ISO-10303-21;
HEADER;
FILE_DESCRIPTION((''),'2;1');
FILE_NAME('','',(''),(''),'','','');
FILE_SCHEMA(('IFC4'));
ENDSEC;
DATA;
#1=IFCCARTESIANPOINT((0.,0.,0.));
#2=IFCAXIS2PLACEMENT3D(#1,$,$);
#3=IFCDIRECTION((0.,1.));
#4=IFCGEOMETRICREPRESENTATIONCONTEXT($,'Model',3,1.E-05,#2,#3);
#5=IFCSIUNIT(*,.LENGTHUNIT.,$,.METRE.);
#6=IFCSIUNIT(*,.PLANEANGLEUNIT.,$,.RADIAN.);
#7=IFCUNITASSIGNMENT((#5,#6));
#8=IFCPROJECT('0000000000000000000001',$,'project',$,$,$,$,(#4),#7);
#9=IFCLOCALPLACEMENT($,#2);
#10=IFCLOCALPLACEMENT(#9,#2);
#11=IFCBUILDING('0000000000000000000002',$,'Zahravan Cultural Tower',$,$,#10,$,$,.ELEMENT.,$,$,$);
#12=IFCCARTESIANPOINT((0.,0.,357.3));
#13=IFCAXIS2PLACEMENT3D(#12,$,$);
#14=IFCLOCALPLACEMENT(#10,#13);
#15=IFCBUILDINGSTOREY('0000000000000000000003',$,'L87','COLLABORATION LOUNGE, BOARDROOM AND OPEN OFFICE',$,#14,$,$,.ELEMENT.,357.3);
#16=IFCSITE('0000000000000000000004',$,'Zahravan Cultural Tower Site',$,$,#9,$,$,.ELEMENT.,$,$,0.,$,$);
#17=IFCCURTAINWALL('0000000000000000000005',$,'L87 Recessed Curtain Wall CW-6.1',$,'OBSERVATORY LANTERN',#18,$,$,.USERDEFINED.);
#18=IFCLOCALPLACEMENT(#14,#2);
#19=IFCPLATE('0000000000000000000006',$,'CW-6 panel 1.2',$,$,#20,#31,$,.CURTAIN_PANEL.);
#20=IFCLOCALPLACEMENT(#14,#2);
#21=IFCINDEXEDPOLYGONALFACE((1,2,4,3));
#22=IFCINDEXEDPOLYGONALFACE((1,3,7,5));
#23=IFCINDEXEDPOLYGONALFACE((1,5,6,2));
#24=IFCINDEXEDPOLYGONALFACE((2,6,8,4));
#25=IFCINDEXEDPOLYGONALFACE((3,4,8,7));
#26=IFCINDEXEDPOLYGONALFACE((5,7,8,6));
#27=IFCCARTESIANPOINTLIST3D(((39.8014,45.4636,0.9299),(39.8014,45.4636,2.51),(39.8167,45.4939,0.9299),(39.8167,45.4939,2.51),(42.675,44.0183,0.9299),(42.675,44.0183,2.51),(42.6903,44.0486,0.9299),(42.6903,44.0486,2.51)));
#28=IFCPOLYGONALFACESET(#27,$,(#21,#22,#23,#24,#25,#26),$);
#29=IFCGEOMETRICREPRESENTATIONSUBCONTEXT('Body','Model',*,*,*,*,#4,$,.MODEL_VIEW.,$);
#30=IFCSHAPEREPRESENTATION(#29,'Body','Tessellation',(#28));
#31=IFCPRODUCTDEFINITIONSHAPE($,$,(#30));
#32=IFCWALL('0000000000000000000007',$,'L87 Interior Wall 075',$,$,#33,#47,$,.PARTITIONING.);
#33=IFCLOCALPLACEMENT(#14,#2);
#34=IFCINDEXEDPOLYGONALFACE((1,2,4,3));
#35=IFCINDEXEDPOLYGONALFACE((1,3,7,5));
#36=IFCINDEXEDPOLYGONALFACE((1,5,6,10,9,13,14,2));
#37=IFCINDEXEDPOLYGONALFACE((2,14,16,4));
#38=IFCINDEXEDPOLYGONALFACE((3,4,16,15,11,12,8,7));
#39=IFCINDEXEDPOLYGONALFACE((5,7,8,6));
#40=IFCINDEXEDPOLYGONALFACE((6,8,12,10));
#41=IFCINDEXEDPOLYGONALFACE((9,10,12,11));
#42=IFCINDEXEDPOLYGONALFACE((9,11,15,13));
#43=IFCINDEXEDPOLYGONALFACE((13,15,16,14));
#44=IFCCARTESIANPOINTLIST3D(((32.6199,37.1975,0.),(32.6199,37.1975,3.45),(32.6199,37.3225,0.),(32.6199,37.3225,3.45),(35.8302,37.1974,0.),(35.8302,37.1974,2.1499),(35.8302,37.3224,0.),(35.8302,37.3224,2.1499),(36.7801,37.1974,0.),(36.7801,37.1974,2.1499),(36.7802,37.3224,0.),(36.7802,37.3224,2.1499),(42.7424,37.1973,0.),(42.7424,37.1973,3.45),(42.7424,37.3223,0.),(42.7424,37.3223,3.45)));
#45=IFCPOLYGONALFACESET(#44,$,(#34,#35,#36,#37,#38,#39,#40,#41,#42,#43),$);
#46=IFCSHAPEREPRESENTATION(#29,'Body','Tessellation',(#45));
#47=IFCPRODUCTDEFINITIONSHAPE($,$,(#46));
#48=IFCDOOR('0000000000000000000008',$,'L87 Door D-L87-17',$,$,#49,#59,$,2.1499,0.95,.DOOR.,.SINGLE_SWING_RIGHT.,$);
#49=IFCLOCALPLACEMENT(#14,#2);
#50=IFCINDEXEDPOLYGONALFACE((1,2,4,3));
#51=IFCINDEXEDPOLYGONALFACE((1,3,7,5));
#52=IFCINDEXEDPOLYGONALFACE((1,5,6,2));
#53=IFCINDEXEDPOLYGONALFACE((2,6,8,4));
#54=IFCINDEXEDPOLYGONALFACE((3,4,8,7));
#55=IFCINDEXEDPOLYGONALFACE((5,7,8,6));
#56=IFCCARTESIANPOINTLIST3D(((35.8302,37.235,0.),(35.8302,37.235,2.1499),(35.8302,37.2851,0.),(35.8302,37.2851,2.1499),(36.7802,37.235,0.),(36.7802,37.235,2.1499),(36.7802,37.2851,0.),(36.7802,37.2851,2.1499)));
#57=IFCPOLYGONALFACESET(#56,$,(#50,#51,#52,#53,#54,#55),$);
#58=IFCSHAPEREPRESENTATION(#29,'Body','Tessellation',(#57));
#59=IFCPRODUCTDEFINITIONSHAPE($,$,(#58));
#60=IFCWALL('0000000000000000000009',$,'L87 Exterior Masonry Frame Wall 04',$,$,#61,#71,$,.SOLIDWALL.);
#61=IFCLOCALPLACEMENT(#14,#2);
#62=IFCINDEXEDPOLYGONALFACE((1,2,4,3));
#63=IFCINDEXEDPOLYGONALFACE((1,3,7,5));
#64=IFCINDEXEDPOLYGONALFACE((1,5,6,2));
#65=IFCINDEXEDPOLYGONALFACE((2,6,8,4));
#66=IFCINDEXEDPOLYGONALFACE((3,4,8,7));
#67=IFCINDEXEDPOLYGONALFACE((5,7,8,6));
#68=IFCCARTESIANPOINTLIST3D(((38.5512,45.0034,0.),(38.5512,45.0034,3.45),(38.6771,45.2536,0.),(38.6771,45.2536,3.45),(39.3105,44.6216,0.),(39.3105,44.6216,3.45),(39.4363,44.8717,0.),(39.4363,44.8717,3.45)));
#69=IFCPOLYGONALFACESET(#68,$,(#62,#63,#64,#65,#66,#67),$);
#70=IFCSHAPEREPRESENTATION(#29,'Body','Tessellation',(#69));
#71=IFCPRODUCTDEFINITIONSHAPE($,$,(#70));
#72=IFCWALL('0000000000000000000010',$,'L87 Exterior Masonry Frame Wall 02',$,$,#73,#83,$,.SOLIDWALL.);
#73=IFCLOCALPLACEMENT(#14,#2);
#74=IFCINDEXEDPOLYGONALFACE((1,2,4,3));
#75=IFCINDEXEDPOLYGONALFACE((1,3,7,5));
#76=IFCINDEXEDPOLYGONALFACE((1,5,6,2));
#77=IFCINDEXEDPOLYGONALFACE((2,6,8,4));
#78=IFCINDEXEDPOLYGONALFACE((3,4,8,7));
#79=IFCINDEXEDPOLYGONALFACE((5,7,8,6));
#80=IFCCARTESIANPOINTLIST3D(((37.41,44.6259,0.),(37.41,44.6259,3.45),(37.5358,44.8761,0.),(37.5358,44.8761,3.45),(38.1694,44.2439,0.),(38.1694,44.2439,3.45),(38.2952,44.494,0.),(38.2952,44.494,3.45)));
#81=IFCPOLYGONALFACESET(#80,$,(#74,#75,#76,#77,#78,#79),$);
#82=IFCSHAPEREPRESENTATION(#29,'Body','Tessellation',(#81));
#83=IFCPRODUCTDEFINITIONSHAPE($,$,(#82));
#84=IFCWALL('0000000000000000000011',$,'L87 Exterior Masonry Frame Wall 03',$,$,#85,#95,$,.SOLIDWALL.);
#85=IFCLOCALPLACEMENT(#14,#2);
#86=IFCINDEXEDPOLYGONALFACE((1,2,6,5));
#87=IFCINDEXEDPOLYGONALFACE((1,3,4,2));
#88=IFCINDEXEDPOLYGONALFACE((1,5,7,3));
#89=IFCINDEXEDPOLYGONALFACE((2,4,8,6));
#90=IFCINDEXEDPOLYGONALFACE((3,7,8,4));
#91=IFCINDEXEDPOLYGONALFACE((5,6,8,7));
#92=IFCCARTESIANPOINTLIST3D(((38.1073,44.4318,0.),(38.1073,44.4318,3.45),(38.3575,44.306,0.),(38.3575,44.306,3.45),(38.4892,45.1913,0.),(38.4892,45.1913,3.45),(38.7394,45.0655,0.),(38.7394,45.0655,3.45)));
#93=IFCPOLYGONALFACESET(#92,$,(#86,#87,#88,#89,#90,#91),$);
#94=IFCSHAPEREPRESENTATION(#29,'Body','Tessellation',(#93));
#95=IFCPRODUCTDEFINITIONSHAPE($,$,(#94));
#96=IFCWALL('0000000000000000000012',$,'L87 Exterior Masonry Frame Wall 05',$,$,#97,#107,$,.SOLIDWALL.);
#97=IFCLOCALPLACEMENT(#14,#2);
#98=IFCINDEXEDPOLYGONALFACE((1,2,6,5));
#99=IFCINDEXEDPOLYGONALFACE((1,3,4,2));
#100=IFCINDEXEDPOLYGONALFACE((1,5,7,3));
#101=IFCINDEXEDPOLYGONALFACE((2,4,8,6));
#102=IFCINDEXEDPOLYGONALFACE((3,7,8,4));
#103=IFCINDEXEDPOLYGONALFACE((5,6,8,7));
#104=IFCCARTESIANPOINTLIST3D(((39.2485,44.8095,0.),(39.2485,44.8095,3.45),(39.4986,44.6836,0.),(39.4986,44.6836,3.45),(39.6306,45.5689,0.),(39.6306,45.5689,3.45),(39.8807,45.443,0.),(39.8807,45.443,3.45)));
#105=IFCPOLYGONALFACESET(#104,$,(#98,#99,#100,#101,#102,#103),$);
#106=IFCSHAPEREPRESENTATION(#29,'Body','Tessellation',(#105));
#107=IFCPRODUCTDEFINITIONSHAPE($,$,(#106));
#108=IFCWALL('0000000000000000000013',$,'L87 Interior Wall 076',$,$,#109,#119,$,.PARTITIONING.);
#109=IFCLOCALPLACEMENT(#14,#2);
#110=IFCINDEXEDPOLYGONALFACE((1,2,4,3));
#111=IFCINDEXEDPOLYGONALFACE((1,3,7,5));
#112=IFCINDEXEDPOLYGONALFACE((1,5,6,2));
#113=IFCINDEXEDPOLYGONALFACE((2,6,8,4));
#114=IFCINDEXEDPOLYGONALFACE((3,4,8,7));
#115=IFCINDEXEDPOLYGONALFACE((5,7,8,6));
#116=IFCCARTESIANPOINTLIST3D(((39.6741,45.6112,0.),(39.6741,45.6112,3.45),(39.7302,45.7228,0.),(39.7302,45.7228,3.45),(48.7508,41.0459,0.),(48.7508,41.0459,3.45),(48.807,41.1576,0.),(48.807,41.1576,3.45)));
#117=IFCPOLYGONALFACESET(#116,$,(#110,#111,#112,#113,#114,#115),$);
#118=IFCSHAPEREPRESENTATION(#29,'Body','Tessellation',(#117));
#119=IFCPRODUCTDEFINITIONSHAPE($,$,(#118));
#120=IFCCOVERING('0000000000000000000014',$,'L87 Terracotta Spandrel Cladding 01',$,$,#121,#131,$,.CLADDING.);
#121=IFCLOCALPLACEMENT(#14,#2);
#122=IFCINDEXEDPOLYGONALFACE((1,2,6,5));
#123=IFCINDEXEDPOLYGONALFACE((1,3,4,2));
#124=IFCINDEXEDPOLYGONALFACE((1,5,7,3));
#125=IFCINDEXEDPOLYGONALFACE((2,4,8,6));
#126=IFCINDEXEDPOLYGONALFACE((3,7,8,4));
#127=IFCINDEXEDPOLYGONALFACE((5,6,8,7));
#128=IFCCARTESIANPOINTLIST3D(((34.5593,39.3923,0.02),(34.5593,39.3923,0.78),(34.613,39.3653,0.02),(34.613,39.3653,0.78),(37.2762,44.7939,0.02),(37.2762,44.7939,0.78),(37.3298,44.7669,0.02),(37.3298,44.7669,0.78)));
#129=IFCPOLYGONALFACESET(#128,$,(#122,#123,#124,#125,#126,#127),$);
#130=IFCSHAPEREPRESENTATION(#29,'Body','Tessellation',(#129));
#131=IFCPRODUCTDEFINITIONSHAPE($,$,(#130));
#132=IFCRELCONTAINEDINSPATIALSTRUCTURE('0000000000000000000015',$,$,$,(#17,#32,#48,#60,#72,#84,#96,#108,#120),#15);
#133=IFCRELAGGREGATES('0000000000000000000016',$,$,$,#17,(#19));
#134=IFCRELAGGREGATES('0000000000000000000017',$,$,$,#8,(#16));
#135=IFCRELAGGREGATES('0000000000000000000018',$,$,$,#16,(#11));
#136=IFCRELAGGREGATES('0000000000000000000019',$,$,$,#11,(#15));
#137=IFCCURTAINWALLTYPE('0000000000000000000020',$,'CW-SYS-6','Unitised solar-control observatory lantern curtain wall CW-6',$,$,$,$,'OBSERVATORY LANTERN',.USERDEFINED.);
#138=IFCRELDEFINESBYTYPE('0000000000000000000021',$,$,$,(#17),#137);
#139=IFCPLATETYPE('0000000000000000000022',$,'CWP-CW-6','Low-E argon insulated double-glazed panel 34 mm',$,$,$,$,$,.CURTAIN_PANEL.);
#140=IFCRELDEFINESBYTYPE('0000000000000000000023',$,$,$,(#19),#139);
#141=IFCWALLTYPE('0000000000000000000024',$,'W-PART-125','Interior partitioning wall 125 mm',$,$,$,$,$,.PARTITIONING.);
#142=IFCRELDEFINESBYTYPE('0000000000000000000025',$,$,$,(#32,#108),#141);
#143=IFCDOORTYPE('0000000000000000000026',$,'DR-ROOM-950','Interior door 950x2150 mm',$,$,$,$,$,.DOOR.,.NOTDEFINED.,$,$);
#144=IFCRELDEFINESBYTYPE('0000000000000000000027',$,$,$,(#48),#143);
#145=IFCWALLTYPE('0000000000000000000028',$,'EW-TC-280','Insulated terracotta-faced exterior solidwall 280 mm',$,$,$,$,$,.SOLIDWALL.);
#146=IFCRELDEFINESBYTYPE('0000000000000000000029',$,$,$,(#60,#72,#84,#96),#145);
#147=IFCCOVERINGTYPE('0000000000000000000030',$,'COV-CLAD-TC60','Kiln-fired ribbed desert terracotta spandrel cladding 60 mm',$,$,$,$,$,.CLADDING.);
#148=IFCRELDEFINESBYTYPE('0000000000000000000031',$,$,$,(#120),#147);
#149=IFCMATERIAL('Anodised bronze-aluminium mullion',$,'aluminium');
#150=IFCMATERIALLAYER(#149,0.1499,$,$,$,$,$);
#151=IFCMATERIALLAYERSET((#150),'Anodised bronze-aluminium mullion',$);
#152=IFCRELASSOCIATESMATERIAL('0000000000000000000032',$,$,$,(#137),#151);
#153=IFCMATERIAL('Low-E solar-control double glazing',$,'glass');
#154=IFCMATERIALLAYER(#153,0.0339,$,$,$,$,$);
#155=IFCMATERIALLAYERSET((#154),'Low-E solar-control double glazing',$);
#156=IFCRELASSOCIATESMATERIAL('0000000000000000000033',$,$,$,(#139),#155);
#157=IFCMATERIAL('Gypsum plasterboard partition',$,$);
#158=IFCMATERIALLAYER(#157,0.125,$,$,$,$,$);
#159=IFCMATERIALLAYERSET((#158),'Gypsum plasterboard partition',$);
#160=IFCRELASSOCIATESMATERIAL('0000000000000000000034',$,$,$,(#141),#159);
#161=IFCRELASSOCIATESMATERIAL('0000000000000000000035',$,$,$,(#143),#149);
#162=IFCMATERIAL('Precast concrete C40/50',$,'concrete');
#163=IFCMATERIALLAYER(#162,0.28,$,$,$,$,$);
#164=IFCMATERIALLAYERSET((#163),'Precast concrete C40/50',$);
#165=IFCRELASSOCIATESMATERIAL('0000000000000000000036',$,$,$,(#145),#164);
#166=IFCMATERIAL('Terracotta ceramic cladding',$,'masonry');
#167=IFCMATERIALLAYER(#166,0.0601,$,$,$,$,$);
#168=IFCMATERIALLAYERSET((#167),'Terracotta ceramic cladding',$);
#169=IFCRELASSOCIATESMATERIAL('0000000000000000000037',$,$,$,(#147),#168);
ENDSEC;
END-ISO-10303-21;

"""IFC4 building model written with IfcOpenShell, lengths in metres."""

from ifc_helpers import new_model, si_unit, direction, frame, frame_2d, origin, origin_2d, place, context, subcontext, project, spatial, rectangle, extrude, source, transform, mapped, material, layer, layer_set, type_object, element, fill, aggregate, save


model = new_model("IFC4")

# Units and contexts
model_context = context("Model", 3, precision=1e-05, world=origin(), true_north=direction((0.0, 1.0)))
body_context = subcontext(model_context, "Body", "Model", "MODEL_VIEW")
ifc_project = project(units=[si_unit("LENGTHUNIT", "METRE"), si_unit("PLANEANGLEUNIT", "RADIAN")], contexts=[model_context])

# Site, building, storey
site_placement = place(None, origin())
site = spatial("IfcSite", under=ifc_project, at=site_placement, Name="Zahravan Cultural Tower Site", CompositionType="ELEMENT", RefElevation=0.0)
building_placement = place(site_placement, origin())
building = spatial("IfcBuilding", under=site, at=building_placement, Name="Zahravan Cultural Tower", CompositionType="ELEMENT")
storey_placement = place(building_placement, frame((0.0, 0.0, 357.3)))
storey = spatial("IfcBuildingStorey", under=building, at=storey_placement, Name="L87", Description="COLLABORATION LOUNGE, BOARDROOM AND OPEN OFFICE", CompositionType="ELEMENT", Elevation=357.3)

# Curtain wall, plate
ifc_material_1 = material(Name="Anodised bronze-aluminium mullion", Category="aluminium")
ifc_layer_1 = layer(ifc_material_1, 0.1499)
ifc_layer_set_1 = layer_set([ifc_layer_1], Name="Anodised bronze-aluminium mullion")
curtain_wall_type = type_object("IfcCurtainWallType", Name="CW-SYS-6", Description="Unitised solar-control observatory lantern curtain wall CW-6", ElementType="OBSERVATORY LANTERN", PredefinedType="USERDEFINED", material=ifc_layer_set_1)
curtain_wall_placement = place(storey_placement, origin())
curtain_wall = element("IfcCurtainWall", 1, at=curtain_wall_placement, inside=storey, type_object=curtain_wall_type, Name="L87 Recessed Curtain Wall CW-6.1", ObjectType="OBSERVATORY LANTERN", PredefinedType="USERDEFINED")
ifc_material_2 = material(Name="Low-E solar-control double glazing", Category="glass")
ifc_layer_2 = layer(ifc_material_2, 0.0339)
ifc_layer_set_2 = layer_set([ifc_layer_2], Name="Low-E solar-control double glazing")
plate_type = type_object("IfcPlateType", Name="CWP-CW-6", Description="Low-E argon insulated double-glazed panel 34 mm", PredefinedType="CURTAIN_PANEL", material=ifc_layer_set_2)
shared_shape_1 = source(origin(), body_context, "Body", "SweptSolid", [
    extrude(rectangle(XDim=3.2166, YDim=0.0339, at=origin_2d()), origin(), (0.0, 0.0, 1.0), 1.5801),
])
plate_1_placement = place(storey_placement, frame((41.2458, 44.7561, 0.9299), z_axis=(0.0, 0.0, 1.0), x_axis=(0.893372, -0.449317, 0.0)))
plate_1 = element("IfcPlate", 2, at=plate_1_placement, type_object=plate_type, Name="CW-6 panel 1.2", PredefinedType="CURTAIN_PANEL", context=body_context, shape_type="MappedRepresentation", body=[
    mapped(shared_shape_1, transform((0.0, 0.0, 0.0), x_axis=(1.0, 0.0, 0.0), y_axis=(0.0, 1.0, 0.0), z_axis=(0.0, 0.0, 1.0), scale=1.0)),
])
aggregate(curtain_wall, [plate_1])

# Wall, opening, door
ifc_material_3 = material(Name="Gypsum plasterboard partition")
ifc_layer_3 = layer(ifc_material_3, 0.125)
ifc_layer_set_3 = layer_set([ifc_layer_3], Name="Gypsum plasterboard partition")
wall_type_1 = type_object("IfcWallType", Name="W-PART-125", Description="Interior partitioning wall 125 mm", PredefinedType="PARTITIONING", material=ifc_layer_set_3)
wall_1_placement = place(storey_placement, frame((42.7424, 37.2598, 0.0), z_axis=(0.0, 0.0, 1.0), x_axis=(-1.0, 0.000024, 0.0)))
wall_1 = element("IfcWall", 3, at=wall_1_placement, inside=storey, type_object=wall_type_1, Name="L87 Interior Wall 075", PredefinedType="PARTITIONING", context=body_context, shape_type="SweptSolid", body=[
    extrude(rectangle(XDim=10.1226, YDim=0.125, at=frame_2d((5.0613, 0.0))), origin(), (0.0, 0.0, 1.0), 3.45),
])
opening_placement = place(wall_1_placement, frame((5.9622, 0.0, 0.0)))
opening = element("IfcOpeningElement", 4, at=opening_placement, cuts=wall_1, PredefinedType="OPENING", context=body_context, shape_type="SweptSolid", body=[
    extrude(rectangle(XDim=0.95, YDim=2.1499, at=frame_2d((0.4751, 1.075))), frame((0.0, 0.0725, 0.0), z_axis=(0.0, -1.0, 0.0), x_axis=(1.0, 0.0, 0.0)), (0.0, 0.0, 1.0), 0.145),
])
door_type = type_object("IfcDoorType", Name="DR-ROOM-950", Description="Interior door 950x2150 mm", OperationType="NOTDEFINED", PredefinedType="DOOR", material=ifc_material_1)
shared_shape_2 = source(origin(), body_context, "Body", "SweptSolid", [
    extrude(rectangle(XDim=0.95, YDim=2.1499, at=frame_2d((0.4751, 1.075))), frame((0.0, 0.0249, 0.0), z_axis=(0.0, -1.0, 0.0), x_axis=(1.0, 0.0, 0.0)), (0.0, 0.0, 1.0), 0.05),
])
door_placement = place(opening_placement, origin())
door = element("IfcDoor", 5, at=door_placement, inside=storey, type_object=door_type, Name="L87 Door D-L87-17", OperationType="SINGLE_SWING_RIGHT", OverallHeight=2.1499, OverallWidth=0.95, PredefinedType="DOOR", context=body_context, shape_type="MappedRepresentation", body=[
    mapped(shared_shape_2, transform((0.0, 0.0, 0.0), x_axis=(1.0, 0.0, 0.0), y_axis=(0.0, 1.0, 0.0), z_axis=(0.0, 0.0, 1.0), scale=1.0)),
])
fill(opening, door)

# Walls
ifc_material_4 = material(Name="Precast concrete C40/50", Category="concrete")
ifc_layer_4 = layer(ifc_material_4, 0.28)
ifc_layer_set_4 = layer_set([ifc_layer_4], Name="Precast concrete C40/50")
wall_type_2 = type_object("IfcWallType", Name="EW-TC-280", Description="Insulated terracotta-faced exterior solidwall 280 mm", PredefinedType="SOLIDWALL", material=ifc_layer_set_4)
shared_shape_3 = source(origin(), body_context, "Body", "SweptSolid", [
    extrude(rectangle(XDim=0.8499, YDim=0.28, at=frame_2d((0.4248, 0.0))), origin(), (0.0, 0.0, 1.0), 3.45),
])
wall_2_placement = place(storey_placement, frame((38.6143, 45.1284, 0.0), z_axis=(0.0, 0.0, 1.0), x_axis=(0.893391, -0.449281, 0.0)))
element("IfcWall", 6, at=wall_2_placement, inside=storey, type_object=wall_type_2, Name="L87 Exterior Masonry Frame Wall 04", PredefinedType="SOLIDWALL", context=body_context, shape_type="MappedRepresentation", body=[
    mapped(shared_shape_3, transform((0.0, 0.0, 0.0), x_axis=(1.0, 0.0, 0.0), y_axis=(0.0, 1.0, 0.0), z_axis=(0.0, 0.0, 1.0), scale=1.0)),
])
shared_shape_4 = source(origin(), body_context, "Body", "SweptSolid", [
    extrude(rectangle(XDim=0.8501, YDim=0.28, at=frame_2d((0.425, 0.0))), origin(), (0.0, 0.0, 1.0), 3.45),
])
for number, where, z_axis, x_axis, name in (
    (7, (37.4729, 44.751, 0.0), (0.0, 0.0, 1.0), (0.893333, -0.449395, 0.0), "L87 Exterior Masonry Frame Wall 02"),
    (8, (38.2324, 44.3689, 0.0), (0.0, 0.0, 1.0), (0.449165, 0.893449, 0.0), "L87 Exterior Masonry Frame Wall 03"),
    (9, (39.3735, 44.7466, 0.0), (0.0, 0.0, 1.0), (0.44951, 0.893275, 0.0), "L87 Exterior Masonry Frame Wall 05"),
):
    element("IfcWall", number, at=place(storey_placement, frame(where, z_axis=z_axis, x_axis=x_axis)), inside=storey, type_object=wall_type_2, Name=name, PredefinedType="SOLIDWALL", context=body_context, shape_type="MappedRepresentation", body=[
        mapped(shared_shape_4, transform((0.0, 0.0, 0.0), x_axis=(1.0, 0.0, 0.0), y_axis=(0.0, 1.0, 0.0), z_axis=(0.0, 0.0, 1.0), scale=1.0)),
    ])
shared_shape_5 = source(origin(), body_context, "Body", "SweptSolid", [
    extrude(rectangle(XDim=10.1602, YDim=0.125, at=frame_2d((5.0801, 0.0))), origin(), (0.0, 0.0, 1.0), 3.45),
])
wall_3_placement = place(storey_placement, frame((39.7021, 45.667, 0.0), z_axis=(0.0, 0.0, 1.0), x_axis=(0.893367, -0.449327, 0.0)))
element("IfcWall", 10, at=wall_3_placement, inside=storey, type_object=wall_type_1, Name="L87 Interior Wall 076", PredefinedType="PARTITIONING", context=body_context, shape_type="MappedRepresentation", body=[
    mapped(shared_shape_5, transform((0.0, 0.0, 0.0), x_axis=(1.0, 0.0, 0.0), y_axis=(0.0, 1.0, 0.0), z_axis=(0.0, 0.0, 1.0), scale=1.0)),
])

# Covering
ifc_material_5 = material(Name="Terracotta ceramic cladding", Category="masonry")
ifc_layer_5 = layer(ifc_material_5, 0.0601)
ifc_layer_set_5 = layer_set([ifc_layer_5], Name="Terracotta ceramic cladding")
covering_type = type_object("IfcCoveringType", Name="COV-CLAD-TC60", Description="Kiln-fired ribbed desert terracotta spandrel cladding 60 mm", PredefinedType="CLADDING", material=ifc_layer_set_5)
shared_shape_6 = source(origin(), body_context, "Body", "SweptSolid", [
    extrude(rectangle(XDim=6.0464, YDim=0.0601, at=origin_2d()), origin(), (0.0, 0.0, 1.0), 0.76),
])
covering_placement = place(storey_placement, frame((35.9446, 42.0796, 0.02), z_axis=(0.0, 0.0, 1.0), x_axis=(0.449335, 0.893364, 0.0)))
element("IfcCovering", 11, at=covering_placement, inside=storey, type_object=covering_type, Name="L87 Terracotta Spandrel Cladding 01", PredefinedType="CLADDING", context=body_context, shape_type="MappedRepresentation", body=[
    mapped(shared_shape_6, transform((0.0, 0.0, 0.0), x_axis=(1.0, 0.0, 0.0), y_axis=(0.0, 1.0, 0.0), z_axis=(0.0, 0.0, 1.0), scale=1.0)),
])

save(model, "model.ifc")
